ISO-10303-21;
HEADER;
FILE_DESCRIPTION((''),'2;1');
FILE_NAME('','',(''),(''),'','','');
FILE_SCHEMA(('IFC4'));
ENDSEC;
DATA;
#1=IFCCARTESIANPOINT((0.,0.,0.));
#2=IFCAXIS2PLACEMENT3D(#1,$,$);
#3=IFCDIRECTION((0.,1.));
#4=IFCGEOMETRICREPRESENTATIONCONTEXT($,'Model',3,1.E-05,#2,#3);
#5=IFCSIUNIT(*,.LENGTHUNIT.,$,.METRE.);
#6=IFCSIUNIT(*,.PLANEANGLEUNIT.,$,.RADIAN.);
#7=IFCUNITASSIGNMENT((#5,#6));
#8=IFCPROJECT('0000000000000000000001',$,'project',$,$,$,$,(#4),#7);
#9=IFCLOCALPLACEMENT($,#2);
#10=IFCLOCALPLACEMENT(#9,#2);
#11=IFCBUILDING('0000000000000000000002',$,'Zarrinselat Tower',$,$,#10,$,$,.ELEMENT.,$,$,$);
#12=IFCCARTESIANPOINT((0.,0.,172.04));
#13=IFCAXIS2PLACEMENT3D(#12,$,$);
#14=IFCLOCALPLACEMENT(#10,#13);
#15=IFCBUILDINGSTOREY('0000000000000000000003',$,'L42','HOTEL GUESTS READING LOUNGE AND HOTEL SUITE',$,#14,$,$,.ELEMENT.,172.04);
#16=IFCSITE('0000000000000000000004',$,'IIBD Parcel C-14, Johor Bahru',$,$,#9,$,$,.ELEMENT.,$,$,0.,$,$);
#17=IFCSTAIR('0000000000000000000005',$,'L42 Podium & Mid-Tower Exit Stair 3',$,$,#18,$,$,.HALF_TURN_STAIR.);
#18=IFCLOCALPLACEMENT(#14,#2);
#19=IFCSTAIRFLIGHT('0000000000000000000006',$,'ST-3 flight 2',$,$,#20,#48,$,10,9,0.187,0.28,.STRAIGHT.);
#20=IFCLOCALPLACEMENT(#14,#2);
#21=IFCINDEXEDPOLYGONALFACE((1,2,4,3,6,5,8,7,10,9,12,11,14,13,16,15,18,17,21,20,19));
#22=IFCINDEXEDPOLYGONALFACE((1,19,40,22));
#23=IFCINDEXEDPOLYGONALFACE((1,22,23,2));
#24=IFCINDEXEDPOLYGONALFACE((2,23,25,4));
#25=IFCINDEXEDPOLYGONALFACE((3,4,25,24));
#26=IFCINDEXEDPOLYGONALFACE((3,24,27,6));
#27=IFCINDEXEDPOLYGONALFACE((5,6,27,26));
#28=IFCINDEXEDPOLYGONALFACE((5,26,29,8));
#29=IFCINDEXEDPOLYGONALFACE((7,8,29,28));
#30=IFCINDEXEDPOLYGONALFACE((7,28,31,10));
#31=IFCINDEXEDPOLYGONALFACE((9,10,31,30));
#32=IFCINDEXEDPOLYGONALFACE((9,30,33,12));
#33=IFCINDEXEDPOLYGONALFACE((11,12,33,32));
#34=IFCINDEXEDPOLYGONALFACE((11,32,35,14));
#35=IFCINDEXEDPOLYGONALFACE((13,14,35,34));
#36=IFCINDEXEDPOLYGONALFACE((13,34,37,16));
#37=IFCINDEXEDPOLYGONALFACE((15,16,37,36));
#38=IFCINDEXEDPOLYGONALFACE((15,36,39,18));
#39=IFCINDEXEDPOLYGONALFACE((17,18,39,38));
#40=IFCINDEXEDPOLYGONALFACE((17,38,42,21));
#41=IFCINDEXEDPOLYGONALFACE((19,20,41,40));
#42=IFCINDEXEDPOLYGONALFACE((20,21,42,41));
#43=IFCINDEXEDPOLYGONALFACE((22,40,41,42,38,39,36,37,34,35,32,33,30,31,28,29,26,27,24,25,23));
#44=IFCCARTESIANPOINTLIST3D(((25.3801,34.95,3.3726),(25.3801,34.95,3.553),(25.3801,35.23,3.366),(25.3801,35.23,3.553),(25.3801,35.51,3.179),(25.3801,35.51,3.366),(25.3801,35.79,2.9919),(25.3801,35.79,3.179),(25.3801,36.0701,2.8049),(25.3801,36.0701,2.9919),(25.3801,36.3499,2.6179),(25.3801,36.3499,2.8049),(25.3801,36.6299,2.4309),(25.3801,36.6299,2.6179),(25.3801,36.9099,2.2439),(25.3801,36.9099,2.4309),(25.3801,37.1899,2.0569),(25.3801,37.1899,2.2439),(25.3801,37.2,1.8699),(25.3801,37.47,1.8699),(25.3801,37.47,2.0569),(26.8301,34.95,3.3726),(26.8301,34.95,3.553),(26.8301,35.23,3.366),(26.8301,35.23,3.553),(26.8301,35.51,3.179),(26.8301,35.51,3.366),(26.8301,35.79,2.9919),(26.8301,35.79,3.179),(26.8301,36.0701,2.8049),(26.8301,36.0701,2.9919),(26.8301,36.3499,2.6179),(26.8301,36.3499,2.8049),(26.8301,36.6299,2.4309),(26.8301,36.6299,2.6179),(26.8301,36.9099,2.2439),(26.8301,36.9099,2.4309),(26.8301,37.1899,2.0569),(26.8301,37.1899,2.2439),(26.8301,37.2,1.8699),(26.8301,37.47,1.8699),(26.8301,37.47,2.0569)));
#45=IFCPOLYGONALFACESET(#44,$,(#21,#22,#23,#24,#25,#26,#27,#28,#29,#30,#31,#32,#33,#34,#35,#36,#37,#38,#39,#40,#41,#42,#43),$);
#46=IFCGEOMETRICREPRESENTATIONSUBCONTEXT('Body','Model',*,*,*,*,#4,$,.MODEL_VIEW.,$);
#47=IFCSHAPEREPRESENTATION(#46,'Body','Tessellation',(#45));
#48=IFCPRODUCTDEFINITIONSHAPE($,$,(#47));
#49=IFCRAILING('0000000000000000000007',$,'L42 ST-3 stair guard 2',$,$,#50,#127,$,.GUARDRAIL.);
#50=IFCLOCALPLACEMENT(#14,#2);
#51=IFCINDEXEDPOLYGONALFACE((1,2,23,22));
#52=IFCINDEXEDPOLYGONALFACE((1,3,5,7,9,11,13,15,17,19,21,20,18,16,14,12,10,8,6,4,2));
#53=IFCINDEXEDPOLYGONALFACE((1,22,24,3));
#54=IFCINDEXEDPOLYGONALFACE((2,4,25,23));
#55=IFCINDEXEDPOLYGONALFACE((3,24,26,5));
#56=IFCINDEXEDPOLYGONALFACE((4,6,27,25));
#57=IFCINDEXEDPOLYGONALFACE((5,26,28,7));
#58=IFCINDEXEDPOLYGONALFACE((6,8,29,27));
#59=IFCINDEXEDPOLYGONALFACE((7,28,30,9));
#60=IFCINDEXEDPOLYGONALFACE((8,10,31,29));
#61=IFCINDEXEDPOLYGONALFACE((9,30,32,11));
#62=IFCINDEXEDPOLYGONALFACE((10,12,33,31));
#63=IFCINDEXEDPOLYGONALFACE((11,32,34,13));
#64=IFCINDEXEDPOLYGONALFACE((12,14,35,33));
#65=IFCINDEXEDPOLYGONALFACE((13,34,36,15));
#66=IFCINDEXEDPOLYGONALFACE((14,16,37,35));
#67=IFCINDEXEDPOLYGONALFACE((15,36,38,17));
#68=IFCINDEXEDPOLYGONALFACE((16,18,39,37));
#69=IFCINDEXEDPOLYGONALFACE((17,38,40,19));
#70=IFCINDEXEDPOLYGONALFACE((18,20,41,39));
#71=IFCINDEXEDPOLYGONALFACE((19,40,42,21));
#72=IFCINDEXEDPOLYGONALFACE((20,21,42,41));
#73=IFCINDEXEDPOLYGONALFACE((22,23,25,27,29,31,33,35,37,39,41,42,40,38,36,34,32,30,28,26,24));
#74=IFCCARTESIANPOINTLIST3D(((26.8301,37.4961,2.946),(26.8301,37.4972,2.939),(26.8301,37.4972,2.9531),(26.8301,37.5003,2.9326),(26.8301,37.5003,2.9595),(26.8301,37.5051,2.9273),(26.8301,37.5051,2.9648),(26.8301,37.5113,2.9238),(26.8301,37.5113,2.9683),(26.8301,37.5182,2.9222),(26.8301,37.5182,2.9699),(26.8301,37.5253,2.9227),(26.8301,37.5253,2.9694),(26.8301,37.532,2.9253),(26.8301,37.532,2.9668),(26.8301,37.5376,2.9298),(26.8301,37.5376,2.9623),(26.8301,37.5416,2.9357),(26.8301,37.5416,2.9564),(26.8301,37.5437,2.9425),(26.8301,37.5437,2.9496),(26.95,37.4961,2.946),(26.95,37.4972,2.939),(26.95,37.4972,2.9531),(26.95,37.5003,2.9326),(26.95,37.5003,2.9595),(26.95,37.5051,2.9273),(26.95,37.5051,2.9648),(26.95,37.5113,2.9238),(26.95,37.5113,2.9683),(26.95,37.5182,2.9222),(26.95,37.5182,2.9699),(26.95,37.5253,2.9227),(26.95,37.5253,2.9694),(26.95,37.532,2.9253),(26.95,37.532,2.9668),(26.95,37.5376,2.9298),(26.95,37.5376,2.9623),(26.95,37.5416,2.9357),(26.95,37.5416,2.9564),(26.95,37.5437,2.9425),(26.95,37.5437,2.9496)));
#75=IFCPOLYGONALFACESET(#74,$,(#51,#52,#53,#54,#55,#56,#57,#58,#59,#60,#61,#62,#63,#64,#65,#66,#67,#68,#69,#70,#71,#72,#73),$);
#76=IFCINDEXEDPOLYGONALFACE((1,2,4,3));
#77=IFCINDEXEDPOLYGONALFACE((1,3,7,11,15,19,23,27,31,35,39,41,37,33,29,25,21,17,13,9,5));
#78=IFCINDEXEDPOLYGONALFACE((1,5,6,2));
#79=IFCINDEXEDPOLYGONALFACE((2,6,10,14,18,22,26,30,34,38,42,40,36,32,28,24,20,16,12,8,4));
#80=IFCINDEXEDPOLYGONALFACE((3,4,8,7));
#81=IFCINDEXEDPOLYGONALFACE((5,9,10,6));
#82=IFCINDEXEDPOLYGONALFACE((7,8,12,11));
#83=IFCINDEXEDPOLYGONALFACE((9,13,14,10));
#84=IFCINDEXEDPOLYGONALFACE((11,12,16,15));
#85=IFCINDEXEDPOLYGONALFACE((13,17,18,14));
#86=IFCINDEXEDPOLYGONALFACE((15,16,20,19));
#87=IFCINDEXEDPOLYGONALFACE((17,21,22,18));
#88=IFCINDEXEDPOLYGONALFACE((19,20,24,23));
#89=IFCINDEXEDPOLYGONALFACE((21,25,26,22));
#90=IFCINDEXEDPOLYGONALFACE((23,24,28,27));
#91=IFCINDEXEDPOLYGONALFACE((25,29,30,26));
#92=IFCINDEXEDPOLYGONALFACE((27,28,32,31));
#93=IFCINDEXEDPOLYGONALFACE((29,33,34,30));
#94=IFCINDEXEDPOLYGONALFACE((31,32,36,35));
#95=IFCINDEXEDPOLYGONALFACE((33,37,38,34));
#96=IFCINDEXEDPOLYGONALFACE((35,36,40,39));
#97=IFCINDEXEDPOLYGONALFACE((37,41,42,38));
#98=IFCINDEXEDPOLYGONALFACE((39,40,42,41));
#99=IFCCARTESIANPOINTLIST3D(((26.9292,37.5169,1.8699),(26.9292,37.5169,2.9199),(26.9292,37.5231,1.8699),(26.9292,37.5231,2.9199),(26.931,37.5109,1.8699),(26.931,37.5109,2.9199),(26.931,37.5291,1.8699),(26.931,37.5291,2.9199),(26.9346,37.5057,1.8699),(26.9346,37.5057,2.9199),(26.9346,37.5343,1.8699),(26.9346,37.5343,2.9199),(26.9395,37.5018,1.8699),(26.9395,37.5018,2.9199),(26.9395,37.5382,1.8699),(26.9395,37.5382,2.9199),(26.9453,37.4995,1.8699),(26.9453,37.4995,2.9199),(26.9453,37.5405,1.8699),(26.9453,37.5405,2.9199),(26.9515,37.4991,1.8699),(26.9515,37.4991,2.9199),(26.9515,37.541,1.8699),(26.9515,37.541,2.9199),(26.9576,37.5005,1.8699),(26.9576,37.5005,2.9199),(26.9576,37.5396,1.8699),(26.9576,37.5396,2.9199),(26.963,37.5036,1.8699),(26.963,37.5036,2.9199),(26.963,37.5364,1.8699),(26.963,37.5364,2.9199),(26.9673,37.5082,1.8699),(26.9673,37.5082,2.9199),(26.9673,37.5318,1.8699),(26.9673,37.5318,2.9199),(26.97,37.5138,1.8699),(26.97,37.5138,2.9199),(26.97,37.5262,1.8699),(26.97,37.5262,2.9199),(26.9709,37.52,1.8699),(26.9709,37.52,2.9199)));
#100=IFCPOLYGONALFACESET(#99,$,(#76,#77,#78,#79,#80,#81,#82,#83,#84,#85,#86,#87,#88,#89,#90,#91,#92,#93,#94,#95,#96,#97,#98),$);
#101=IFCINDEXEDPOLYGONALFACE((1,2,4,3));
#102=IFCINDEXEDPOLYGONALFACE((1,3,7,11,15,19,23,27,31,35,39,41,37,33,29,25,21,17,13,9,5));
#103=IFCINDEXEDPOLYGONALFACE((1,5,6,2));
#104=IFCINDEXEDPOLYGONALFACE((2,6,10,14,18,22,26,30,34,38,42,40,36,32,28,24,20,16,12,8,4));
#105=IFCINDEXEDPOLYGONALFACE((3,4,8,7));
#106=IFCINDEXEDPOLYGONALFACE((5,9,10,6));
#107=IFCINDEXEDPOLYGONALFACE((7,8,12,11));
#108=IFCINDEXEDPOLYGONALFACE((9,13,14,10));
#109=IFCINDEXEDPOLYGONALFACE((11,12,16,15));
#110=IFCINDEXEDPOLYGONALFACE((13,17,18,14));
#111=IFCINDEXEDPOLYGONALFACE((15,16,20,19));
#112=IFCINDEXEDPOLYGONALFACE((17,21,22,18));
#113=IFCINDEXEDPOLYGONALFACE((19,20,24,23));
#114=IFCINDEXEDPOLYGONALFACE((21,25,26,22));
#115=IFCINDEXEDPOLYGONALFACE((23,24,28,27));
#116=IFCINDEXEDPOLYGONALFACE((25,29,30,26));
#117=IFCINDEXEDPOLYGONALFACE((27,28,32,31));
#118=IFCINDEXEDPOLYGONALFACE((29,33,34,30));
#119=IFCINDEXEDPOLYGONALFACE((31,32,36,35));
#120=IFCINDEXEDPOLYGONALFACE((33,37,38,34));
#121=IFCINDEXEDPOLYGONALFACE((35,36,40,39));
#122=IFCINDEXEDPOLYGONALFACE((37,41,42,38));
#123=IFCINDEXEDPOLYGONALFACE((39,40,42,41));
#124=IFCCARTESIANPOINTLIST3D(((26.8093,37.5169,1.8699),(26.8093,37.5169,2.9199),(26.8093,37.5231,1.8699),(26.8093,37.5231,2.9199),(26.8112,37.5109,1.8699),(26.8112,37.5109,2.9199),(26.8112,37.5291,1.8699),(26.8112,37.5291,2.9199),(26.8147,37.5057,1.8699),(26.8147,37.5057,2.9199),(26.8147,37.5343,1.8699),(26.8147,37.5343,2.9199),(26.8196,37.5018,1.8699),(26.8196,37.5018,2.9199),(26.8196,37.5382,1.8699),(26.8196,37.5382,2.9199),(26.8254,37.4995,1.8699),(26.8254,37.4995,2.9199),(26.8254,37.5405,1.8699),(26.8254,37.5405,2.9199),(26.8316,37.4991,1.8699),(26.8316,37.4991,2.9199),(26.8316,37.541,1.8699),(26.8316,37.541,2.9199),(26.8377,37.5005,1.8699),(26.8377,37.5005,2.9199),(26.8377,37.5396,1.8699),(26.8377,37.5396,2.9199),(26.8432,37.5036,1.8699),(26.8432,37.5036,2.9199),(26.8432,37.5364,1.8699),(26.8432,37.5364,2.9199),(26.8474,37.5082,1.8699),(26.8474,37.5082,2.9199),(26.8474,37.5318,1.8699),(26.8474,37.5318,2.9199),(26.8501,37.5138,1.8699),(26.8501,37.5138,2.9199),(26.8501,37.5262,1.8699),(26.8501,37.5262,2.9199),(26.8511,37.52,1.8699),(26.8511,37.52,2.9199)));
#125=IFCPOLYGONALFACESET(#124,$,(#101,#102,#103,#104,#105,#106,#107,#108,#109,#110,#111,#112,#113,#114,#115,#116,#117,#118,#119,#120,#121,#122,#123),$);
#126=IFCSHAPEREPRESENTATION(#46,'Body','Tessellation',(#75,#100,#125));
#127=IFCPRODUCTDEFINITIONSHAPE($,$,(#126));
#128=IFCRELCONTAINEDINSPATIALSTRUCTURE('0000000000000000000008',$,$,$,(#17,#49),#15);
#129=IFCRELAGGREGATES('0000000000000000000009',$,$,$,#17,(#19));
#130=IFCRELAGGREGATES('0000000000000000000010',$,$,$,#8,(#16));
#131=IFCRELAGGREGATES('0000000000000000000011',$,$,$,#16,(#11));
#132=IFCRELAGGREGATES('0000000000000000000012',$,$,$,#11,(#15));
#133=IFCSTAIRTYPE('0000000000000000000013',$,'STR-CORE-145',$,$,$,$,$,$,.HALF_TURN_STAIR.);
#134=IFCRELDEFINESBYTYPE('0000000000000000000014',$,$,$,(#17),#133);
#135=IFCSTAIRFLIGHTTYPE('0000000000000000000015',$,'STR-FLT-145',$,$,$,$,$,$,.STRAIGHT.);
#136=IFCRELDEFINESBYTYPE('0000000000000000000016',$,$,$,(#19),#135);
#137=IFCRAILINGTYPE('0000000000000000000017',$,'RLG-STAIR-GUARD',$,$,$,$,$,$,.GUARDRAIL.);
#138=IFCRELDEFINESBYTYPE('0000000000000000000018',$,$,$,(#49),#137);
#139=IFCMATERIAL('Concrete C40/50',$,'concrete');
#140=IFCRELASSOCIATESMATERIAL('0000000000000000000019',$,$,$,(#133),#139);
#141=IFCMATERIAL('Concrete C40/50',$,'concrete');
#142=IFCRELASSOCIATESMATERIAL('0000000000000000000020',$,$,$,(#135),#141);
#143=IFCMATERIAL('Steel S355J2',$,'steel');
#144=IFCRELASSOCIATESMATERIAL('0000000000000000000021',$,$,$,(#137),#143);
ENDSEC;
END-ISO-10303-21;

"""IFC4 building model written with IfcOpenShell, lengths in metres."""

from ifc_helpers import new_model, si_unit, direction, frame, origin, origin_2d, place, context, subcontext, project, spatial, polyline, circle, outline, extrude, material, type_object, element, aggregate, save


model = new_model("IFC4")

# Units and contexts
model_context = context("Model", 3, precision=1e-05, world=origin(), true_north=direction((0.0, 1.0)))
body_context = subcontext(model_context, "Body", "Model", "MODEL_VIEW")
ifc_project = project(units=[si_unit("LENGTHUNIT", "METRE"), si_unit("PLANEANGLEUNIT", "RADIAN")], contexts=[model_context])

# Site, building, storey
site_placement = place(None, origin())
site = spatial("IfcSite", under=ifc_project, at=site_placement, Name="IIBD Parcel C-14, Johor Bahru", CompositionType="ELEMENT", RefElevation=0.0)
building_placement = place(site_placement, origin())
building = spatial("IfcBuilding", under=site, at=building_placement, Name="Zarrinselat Tower", CompositionType="ELEMENT")
storey_placement = place(building_placement, frame((0.0, 0.0, 172.04)))
storey = spatial("IfcBuildingStorey", under=building, at=storey_placement, Name="L42", Description="HOTEL GUESTS READING LOUNGE AND HOTEL SUITE", CompositionType="ELEMENT", Elevation=172.04)

# Stair, stair flight
ifc_material_1 = material(Name="Concrete C40/50", Category="concrete")
stair_type = type_object("IfcStairType", Name="STR-CORE-145", PredefinedType="HALF_TURN_STAIR", material=ifc_material_1)
stair_placement = place(storey_placement, origin())
stair = element("IfcStair", 1, at=stair_placement, inside=storey, type_object=stair_type, Name="L42 Podium & Mid-Tower Exit Stair 3", PredefinedType="HALF_TURN_STAIR")
ifc_material_2 = material(Name="Concrete C40/50", Category="concrete")
stair_flight_type = type_object("IfcStairFlightType", Name="STR-FLT-145", PredefinedType="STRAIGHT", material=ifc_material_2)
stair_flight_placement = place(storey_placement, frame((26.105, 37.47, 1.8699), z_axis=(0.0, 0.0, 1.0), x_axis=(0.0, -1.0, 0.0)))
stair_flight = element("IfcStairFlight", 2, at=stair_flight_placement, type_object=stair_flight_type, Name="ST-3 flight 2", NumberOfRisers=10, NumberOfTreads=9, PredefinedType="STRAIGHT", RiserHeight=0.187, TreadLength=0.28, context=body_context, shape_type="SweptSolid", body=[
    extrude(outline(polyline([(0.0, 0.0), (0.0, 0.187), (0.28, 0.187), (0.28, 0.374), (0.5601, 0.374), (0.5601, 0.561), (0.8401, 0.561), (0.8401, 0.748), (1.1201, 0.748), (1.1201, 0.9351), (1.3999, 0.9351), (1.3999, 1.1221), (1.6799, 1.1221), (1.6799, 1.3091), (1.96, 1.3091), (1.96, 1.4961), (2.24, 1.4961), (2.24, 1.6831), (2.52, 1.6831), (2.52, 1.8701), (2.52, 1.5027), (0.27, 0.0), (0.0, 0.0)])), frame((0.0, 0.7251, 0.0), z_axis=(0.0, -1.0, 0.0), x_axis=(1.0, 0.0, 0.0)), (0.0, 0.0, 1.0), 1.45),
])
aggregate(stair, [stair_flight])

# Railing
ifc_material_3 = material(Name="Steel S355J2", Category="steel")
railing_type_1 = type_object("IfcRailingType", Name="RLG-STAIR-GUARD", PredefinedType="GUARDRAIL", material=ifc_material_3)
railing_1_placement = place(storey_placement, frame((26.95, 37.52, 1.8699)))
element("IfcRailing", 3, at=railing_1_placement, inside=storey, type_object=railing_type_1, Name="L42 ST-3 stair guard 2", PredefinedType="GUARDRAIL", context=body_context, shape_type="SweptSolid", body=[
    extrude(circle(Radius=0.0239, at=origin_2d()), frame((0.0, 0.0, 1.0762), z_axis=(-1.0, 0.0, 0.0), x_axis=(0.0, -1.0, 0.0)), (0.0, 0.0, 1.0), 0.1199),
    extrude(circle(Radius=0.021, at=origin_2d()), origin(), (0.0, 0.0, 1.0), 1.05),
    extrude(circle(Radius=0.021, at=origin_2d()), frame((-0.1199, 0.0, 0.0)), (0.0, 0.0, 1.0), 1.05),
])

save(model, "model.ifc")
